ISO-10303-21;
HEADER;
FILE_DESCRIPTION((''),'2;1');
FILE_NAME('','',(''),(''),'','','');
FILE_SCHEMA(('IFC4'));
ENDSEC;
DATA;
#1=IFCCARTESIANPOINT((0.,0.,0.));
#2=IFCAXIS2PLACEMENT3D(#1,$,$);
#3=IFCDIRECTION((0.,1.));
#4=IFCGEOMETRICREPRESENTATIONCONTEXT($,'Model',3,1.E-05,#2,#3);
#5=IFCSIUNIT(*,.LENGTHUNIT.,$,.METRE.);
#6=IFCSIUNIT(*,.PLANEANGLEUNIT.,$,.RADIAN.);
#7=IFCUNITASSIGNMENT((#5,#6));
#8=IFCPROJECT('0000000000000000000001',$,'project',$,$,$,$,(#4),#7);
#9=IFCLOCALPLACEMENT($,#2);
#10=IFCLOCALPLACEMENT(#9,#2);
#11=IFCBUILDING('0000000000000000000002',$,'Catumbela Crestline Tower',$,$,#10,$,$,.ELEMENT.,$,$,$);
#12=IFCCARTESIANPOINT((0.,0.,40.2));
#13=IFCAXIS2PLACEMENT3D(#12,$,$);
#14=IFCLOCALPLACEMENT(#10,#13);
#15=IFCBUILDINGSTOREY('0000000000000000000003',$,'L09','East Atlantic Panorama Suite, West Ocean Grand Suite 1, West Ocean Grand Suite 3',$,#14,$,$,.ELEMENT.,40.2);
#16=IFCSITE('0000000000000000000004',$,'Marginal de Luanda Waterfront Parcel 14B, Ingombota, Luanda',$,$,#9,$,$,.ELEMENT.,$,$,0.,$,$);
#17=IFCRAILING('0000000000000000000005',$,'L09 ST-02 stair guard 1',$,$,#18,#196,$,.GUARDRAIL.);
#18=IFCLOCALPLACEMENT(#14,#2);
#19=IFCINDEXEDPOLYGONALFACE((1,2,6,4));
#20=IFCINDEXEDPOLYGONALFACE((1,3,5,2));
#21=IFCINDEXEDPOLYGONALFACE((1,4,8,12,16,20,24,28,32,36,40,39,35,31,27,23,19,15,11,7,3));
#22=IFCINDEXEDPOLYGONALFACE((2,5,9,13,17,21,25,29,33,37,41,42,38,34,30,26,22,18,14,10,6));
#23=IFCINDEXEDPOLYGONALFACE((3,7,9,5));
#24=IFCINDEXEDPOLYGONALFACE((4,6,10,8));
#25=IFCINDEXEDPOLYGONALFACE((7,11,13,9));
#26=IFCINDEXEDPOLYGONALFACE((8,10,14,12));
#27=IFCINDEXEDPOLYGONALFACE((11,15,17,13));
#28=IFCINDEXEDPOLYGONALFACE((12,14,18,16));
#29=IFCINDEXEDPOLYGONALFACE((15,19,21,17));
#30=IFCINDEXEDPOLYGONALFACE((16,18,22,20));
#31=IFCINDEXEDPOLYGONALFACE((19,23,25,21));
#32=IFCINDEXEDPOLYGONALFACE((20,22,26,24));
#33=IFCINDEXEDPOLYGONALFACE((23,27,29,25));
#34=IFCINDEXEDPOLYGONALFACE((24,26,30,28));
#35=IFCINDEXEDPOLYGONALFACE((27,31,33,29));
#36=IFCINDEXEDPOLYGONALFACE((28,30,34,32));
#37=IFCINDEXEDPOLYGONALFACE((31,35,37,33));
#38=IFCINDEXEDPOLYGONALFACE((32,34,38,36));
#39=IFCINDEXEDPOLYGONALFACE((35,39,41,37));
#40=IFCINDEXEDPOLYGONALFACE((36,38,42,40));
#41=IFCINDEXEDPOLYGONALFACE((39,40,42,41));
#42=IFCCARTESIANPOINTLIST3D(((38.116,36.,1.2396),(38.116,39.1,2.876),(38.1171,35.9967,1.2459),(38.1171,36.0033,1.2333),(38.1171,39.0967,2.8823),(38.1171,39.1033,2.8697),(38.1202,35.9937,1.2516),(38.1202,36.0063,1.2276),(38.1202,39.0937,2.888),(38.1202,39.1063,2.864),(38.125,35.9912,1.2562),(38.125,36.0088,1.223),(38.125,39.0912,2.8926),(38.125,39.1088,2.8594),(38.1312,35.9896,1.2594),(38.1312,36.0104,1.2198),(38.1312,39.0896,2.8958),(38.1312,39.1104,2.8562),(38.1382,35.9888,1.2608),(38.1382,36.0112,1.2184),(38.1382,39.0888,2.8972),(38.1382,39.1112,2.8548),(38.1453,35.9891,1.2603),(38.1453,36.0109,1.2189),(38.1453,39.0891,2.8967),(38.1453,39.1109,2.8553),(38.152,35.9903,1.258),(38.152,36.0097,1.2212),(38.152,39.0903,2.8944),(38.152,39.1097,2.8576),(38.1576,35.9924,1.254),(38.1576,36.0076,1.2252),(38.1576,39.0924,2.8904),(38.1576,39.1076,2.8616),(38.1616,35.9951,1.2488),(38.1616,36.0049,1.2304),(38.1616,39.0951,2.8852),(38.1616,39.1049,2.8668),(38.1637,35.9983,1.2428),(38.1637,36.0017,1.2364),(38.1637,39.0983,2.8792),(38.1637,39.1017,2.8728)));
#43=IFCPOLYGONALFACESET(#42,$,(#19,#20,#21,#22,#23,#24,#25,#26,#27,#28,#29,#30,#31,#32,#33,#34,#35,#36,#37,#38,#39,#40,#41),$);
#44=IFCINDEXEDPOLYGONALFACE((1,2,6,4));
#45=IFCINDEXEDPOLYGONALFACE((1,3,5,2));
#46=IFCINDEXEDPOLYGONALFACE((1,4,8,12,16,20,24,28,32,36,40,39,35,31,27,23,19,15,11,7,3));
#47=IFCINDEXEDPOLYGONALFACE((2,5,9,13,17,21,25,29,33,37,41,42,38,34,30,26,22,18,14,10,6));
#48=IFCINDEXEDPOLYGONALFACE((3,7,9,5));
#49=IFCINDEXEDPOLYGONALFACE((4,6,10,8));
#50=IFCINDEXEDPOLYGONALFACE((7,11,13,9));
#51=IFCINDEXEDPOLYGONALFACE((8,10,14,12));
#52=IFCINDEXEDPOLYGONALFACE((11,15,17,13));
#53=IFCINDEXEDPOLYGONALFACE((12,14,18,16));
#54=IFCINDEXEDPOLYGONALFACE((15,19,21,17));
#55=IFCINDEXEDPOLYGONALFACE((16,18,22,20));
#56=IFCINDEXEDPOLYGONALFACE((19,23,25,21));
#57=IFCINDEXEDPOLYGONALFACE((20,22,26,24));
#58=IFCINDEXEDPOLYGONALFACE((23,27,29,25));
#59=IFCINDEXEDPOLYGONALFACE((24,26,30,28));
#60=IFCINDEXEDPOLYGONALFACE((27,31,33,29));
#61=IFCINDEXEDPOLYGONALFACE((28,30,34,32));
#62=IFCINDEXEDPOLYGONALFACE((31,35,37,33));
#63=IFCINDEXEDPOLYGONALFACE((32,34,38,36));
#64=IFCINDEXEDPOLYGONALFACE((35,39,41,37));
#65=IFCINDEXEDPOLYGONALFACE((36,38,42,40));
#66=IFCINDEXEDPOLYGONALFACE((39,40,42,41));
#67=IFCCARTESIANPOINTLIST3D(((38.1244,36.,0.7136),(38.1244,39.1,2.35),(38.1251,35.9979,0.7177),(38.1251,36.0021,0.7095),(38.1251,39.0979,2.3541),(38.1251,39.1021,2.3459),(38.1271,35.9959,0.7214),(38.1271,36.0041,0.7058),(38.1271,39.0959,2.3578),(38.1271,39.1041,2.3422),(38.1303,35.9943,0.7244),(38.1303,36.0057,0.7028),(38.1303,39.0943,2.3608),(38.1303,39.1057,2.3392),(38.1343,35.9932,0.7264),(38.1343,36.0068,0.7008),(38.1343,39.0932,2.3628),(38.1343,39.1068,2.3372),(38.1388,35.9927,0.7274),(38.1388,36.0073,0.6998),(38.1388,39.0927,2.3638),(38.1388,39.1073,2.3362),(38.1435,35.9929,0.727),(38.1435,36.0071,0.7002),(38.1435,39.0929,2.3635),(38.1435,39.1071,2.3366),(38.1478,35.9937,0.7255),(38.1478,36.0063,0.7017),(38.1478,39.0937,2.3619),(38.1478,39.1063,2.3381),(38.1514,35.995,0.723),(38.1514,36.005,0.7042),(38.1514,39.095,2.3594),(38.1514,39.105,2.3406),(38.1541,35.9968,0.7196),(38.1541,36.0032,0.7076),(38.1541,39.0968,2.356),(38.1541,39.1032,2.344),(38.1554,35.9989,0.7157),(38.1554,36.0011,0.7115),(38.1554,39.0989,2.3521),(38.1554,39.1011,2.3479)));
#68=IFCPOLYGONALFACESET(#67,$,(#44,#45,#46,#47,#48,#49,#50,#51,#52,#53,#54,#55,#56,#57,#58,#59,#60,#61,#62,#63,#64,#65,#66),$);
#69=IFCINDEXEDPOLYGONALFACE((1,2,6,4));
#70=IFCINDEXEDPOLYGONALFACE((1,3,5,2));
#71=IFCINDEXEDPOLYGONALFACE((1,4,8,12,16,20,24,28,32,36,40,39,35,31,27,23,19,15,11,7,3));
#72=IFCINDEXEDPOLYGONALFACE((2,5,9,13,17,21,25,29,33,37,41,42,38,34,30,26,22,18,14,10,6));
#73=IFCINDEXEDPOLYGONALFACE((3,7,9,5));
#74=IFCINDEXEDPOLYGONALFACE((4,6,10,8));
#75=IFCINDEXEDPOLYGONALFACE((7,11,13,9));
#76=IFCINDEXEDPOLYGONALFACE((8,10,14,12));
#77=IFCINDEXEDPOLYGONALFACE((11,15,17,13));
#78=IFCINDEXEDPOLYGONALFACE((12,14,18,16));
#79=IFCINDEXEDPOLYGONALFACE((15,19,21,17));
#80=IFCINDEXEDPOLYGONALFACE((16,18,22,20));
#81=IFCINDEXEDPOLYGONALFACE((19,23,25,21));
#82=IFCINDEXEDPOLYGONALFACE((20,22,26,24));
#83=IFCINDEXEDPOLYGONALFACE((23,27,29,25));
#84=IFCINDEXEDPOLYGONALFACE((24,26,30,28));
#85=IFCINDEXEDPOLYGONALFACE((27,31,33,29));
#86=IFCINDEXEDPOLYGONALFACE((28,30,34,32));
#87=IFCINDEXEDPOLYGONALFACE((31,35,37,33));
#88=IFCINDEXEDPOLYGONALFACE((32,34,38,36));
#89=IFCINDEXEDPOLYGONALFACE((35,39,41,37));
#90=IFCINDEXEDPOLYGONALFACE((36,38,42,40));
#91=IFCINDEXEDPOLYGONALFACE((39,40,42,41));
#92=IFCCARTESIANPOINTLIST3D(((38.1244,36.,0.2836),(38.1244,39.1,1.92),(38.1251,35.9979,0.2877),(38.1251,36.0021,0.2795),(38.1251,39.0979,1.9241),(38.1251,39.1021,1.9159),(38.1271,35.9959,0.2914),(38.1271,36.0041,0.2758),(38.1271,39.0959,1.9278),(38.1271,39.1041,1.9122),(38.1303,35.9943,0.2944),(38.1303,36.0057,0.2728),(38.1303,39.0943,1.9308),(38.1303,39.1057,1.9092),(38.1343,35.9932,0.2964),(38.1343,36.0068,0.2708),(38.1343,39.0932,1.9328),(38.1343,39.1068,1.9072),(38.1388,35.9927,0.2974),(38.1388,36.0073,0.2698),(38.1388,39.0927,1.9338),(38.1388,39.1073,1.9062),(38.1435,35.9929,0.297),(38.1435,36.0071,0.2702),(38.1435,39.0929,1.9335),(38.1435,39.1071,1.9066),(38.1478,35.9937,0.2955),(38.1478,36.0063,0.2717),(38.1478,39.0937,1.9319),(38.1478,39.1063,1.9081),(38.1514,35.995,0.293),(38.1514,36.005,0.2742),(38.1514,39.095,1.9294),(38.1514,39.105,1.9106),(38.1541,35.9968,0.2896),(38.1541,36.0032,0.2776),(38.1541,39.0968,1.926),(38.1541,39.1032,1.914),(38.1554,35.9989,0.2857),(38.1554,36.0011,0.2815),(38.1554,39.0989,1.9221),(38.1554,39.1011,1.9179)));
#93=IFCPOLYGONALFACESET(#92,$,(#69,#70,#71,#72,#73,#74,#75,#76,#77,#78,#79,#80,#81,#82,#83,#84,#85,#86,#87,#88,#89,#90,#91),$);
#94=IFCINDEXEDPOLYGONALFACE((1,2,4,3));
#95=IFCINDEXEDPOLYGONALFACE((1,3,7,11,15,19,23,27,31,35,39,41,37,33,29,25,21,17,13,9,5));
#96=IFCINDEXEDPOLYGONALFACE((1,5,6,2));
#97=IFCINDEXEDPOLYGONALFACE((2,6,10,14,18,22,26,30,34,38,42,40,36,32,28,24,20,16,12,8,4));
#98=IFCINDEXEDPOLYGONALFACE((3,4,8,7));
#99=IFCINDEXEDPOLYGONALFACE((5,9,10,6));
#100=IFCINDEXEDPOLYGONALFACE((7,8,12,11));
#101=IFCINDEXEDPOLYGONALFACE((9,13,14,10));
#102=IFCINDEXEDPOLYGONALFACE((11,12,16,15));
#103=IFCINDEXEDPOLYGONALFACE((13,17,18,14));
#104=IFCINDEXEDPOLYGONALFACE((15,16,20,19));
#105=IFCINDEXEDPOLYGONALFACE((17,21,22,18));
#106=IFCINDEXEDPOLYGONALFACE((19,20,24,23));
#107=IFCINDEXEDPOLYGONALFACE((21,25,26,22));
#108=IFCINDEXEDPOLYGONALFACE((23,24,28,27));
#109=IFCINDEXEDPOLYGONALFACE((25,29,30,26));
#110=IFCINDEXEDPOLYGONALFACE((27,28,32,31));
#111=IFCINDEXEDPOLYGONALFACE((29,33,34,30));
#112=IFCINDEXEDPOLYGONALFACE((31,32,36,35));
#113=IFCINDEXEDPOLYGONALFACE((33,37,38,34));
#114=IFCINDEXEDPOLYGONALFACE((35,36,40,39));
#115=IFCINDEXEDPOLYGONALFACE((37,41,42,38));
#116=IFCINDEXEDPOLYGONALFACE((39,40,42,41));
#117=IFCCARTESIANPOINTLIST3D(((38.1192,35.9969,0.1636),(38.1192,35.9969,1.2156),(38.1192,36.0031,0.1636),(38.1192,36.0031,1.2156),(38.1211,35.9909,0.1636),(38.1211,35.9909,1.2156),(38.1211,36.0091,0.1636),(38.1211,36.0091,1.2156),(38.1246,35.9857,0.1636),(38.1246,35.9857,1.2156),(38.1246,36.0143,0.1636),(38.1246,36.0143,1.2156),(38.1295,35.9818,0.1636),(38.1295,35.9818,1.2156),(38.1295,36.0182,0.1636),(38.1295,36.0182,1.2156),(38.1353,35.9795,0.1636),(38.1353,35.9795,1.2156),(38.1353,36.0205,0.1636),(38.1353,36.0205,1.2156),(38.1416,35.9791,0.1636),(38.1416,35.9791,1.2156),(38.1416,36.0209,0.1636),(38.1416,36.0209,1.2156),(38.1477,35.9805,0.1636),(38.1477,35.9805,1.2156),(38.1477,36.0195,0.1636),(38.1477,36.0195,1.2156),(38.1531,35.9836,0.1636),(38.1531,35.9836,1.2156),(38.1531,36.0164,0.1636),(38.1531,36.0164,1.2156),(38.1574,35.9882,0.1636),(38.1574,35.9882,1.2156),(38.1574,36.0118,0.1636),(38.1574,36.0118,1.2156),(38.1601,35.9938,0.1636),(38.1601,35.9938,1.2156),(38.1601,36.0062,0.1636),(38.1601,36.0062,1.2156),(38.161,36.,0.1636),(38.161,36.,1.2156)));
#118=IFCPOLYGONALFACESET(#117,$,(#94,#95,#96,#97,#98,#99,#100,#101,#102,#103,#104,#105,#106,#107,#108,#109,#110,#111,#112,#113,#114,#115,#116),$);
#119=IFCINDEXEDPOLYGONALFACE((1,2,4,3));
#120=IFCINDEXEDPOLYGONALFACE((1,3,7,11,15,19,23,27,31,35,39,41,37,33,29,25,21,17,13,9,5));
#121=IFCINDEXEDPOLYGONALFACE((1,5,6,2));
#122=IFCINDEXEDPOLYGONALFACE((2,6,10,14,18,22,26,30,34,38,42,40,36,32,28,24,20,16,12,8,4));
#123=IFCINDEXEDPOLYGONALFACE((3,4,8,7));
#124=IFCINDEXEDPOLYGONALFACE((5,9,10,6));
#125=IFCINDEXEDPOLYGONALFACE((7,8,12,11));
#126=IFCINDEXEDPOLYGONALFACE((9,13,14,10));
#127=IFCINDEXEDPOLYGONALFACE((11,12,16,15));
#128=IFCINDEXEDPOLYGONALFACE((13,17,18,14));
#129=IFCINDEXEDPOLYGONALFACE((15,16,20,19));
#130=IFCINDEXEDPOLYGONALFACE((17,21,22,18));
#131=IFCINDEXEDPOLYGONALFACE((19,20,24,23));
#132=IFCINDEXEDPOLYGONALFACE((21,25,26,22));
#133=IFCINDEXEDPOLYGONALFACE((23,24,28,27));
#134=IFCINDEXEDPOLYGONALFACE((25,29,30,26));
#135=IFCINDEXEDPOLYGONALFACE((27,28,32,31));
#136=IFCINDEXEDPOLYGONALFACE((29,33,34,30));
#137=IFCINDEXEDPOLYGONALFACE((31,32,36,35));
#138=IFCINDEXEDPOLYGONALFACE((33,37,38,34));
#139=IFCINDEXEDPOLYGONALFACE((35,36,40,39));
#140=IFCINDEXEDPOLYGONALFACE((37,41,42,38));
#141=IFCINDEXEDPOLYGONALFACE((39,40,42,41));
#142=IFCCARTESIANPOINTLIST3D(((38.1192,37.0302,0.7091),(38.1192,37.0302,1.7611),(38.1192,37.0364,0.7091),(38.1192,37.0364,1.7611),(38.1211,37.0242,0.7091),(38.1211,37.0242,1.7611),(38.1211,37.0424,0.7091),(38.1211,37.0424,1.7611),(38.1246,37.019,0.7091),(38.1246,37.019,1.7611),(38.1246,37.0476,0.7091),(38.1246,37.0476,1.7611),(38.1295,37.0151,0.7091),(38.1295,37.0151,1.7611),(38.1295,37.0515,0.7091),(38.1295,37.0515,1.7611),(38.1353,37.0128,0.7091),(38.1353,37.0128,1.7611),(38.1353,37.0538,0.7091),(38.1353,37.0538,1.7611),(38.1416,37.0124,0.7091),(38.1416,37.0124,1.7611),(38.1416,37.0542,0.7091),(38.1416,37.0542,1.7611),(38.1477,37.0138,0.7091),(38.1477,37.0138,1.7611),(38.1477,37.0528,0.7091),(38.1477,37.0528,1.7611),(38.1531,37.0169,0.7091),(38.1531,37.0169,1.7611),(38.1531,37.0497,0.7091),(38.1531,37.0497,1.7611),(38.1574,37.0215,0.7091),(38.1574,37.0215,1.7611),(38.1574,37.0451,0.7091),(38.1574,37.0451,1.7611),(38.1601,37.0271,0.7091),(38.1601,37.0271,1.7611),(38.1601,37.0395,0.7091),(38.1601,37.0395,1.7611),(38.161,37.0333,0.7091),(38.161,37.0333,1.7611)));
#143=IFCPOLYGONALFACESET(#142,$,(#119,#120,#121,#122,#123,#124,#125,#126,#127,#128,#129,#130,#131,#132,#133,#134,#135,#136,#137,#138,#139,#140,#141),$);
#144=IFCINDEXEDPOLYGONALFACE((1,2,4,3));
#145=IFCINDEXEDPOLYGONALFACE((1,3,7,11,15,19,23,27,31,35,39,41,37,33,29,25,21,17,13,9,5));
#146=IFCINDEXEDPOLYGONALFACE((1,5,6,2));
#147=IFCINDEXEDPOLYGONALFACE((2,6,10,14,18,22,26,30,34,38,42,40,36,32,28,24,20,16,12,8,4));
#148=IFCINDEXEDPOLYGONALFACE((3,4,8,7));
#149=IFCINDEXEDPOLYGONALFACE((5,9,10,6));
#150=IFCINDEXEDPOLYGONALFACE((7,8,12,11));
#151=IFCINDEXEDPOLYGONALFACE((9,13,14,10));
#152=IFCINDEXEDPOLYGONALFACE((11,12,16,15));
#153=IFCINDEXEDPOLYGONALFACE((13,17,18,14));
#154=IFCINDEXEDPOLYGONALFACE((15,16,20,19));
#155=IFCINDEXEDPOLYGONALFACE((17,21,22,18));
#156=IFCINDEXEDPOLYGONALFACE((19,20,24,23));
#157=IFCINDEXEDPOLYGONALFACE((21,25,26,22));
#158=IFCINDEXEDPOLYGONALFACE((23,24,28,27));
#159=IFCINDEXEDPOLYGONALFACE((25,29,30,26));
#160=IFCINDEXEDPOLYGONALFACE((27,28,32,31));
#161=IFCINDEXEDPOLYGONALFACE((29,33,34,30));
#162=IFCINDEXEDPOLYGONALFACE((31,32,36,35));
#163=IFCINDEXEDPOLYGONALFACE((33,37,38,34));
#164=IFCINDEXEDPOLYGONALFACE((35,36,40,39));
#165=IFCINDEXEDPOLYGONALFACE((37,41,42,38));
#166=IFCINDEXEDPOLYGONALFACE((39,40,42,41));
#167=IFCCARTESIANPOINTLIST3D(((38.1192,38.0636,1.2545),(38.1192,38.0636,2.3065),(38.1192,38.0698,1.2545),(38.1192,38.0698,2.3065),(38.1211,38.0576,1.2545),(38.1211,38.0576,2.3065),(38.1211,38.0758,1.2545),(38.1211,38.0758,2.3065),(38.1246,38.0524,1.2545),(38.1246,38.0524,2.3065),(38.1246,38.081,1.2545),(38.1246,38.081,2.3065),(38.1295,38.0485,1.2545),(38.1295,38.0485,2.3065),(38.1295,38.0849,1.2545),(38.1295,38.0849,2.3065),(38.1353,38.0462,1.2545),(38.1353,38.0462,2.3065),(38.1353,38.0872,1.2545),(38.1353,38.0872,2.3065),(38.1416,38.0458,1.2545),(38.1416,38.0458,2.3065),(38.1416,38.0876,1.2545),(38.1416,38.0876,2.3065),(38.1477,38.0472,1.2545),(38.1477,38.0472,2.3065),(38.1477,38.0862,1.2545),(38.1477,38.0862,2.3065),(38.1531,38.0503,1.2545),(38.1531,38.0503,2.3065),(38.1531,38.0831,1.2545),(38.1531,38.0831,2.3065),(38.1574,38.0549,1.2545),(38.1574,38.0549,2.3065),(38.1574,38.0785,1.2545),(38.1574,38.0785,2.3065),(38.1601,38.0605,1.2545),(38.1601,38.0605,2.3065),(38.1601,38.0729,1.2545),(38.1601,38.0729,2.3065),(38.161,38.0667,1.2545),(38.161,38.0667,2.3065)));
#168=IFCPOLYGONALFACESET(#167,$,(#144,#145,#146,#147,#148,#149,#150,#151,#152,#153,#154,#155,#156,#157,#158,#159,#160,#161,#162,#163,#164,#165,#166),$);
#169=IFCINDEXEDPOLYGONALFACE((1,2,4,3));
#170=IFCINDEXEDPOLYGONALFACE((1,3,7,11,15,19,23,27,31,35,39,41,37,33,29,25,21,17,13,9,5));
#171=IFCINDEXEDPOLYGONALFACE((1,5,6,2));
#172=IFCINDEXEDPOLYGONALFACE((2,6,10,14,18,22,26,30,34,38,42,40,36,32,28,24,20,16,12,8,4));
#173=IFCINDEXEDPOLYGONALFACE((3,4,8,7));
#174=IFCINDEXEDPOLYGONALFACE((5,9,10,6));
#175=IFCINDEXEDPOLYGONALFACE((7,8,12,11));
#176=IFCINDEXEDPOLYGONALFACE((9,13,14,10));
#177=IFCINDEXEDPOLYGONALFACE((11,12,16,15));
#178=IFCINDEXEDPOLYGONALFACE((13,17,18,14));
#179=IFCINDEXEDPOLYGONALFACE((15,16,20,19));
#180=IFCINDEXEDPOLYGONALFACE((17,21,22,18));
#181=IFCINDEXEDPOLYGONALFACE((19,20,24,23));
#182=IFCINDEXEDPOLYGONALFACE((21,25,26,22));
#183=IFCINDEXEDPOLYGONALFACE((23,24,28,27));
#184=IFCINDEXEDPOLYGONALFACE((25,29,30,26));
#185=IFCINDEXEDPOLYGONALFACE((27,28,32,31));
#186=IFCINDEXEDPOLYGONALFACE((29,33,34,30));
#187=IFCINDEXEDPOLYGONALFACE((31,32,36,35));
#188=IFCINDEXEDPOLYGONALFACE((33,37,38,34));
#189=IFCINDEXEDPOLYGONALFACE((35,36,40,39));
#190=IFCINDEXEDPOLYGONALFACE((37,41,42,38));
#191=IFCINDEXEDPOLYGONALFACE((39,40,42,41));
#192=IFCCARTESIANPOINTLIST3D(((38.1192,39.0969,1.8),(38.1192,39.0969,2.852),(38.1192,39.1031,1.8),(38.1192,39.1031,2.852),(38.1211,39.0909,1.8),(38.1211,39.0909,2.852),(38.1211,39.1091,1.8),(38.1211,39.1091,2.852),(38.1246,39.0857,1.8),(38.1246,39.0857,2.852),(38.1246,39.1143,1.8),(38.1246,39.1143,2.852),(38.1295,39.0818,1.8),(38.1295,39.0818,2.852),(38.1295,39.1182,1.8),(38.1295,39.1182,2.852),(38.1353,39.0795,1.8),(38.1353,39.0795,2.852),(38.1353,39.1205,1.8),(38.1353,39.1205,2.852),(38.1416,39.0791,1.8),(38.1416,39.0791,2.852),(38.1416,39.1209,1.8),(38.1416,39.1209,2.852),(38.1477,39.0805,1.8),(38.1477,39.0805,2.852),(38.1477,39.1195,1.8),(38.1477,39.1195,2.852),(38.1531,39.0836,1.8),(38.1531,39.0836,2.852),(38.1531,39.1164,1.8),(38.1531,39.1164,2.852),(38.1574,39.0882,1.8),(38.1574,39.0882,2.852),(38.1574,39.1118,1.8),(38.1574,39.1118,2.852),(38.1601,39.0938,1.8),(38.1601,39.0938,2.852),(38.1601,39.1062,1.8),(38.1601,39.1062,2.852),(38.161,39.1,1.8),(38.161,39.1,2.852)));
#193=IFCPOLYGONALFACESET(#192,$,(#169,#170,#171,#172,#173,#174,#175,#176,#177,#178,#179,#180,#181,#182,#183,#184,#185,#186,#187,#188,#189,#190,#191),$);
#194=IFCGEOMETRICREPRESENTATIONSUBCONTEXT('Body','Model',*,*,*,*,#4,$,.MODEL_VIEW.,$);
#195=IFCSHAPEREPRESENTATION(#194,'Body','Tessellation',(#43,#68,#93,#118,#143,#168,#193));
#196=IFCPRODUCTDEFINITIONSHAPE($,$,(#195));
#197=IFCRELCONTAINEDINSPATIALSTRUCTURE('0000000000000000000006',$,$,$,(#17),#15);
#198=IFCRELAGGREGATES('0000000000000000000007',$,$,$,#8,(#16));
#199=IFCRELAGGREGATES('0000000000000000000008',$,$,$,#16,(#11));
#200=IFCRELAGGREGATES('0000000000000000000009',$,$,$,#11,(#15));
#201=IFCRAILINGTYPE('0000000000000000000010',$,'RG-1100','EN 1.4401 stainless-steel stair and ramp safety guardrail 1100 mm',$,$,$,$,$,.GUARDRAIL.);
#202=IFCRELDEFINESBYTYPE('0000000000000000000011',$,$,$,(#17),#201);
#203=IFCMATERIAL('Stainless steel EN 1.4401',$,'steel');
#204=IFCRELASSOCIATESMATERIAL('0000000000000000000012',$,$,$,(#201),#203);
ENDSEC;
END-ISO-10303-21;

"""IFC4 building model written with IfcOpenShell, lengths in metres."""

from ifc_helpers import new_model, si_unit, direction, frame, origin, origin_2d, place, context, subcontext, project, spatial, circle, extrude, material, type_object, element, save


model = new_model("IFC4")

# Units and contexts
model_context = context("Model", 3, precision=1e-05, world=origin(), true_north=direction((0.0, 1.0)))
body_context = subcontext(model_context, "Body", "Model", "MODEL_VIEW")
ifc_project = project(units=[si_unit("LENGTHUNIT", "METRE"), si_unit("PLANEANGLEUNIT", "RADIAN")], contexts=[model_context])

# Site, building, storey
site_placement = place(None, origin())
site = spatial("IfcSite", under=ifc_project, at=site_placement, Name="Marginal de Luanda Waterfront Parcel 14B, Ingombota, Luanda", CompositionType="ELEMENT", RefElevation=0.0)
building_placement = place(site_placement, origin())
building = spatial("IfcBuilding", under=site, at=building_placement, Name="Catumbela Crestline Tower", CompositionType="ELEMENT")
storey_placement = place(building_placement, frame((0.0, 0.0, 40.2)))
storey = spatial("IfcBuildingStorey", under=building, at=storey_placement, Name="L09", Description="East Atlantic Panorama Suite, West Ocean Grand Suite 1, West Ocean Grand Suite 3", CompositionType="ELEMENT", Elevation=40.2)

# Shared definitions
ifc_material_1 = material(Name="Stainless steel EN 1.4401", Category="steel")

# Railing
railing_type_1 = type_object("IfcRailingType", Name="RG-1100", Description="EN 1.4401 stainless-steel stair and ramp safety guardrail 1100 mm", PredefinedType="GUARDRAIL", material=ifc_material_1)
railing_1_placement = place(storey_placement, frame((38.14, 36.0, 0.1636)))
element("IfcRailing", 1, at=railing_1_placement, inside=storey, type_object=railing_type_1, Name="L09 ST-02 stair guard 1", PredefinedType="GUARDRAIL", context=body_context, shape_type="SweptSolid", body=[
    extrude(circle(Radius=0.024, at=origin_2d()), frame((0.0, 0.0, 1.076), z_axis=(0.0, 0.884351, 0.466823), x_axis=(-1.0, 0.0, 0.0)), (0.0, 0.0, 1.0), 3.5054),
    extrude(circle(Radius=0.0156, at=origin_2d()), frame((0.0, 0.0, 0.55), z_axis=(0.0, 0.884351, 0.466823), x_axis=(-1.0, 0.0, 0.0)), (0.0, 0.0, 1.0), 3.5054),
    extrude(circle(Radius=0.0156, at=origin_2d()), frame((0.0, 0.0, 0.12), z_axis=(0.0, 0.884351, 0.466823), x_axis=(-1.0, 0.0, 0.0)), (0.0, 0.0, 1.0), 3.5054),
    extrude(circle(Radius=0.021, at=origin_2d()), origin(), (0.0, 0.0, 1.0), 1.052),
    extrude(circle(Radius=0.021, at=origin_2d()), frame((0.0, 1.0333, 0.5455)), (0.0, 0.0, 1.0), 1.052),
    extrude(circle(Radius=0.021, at=origin_2d()), frame((0.0, 2.0667, 1.0909)), (0.0, 0.0, 1.0), 1.052),
    extrude(circle(Radius=0.021, at=origin_2d()), frame((0.0, 3.1, 1.6364)), (0.0, 0.0, 1.0), 1.052),
])

save(model, "model.ifc")
